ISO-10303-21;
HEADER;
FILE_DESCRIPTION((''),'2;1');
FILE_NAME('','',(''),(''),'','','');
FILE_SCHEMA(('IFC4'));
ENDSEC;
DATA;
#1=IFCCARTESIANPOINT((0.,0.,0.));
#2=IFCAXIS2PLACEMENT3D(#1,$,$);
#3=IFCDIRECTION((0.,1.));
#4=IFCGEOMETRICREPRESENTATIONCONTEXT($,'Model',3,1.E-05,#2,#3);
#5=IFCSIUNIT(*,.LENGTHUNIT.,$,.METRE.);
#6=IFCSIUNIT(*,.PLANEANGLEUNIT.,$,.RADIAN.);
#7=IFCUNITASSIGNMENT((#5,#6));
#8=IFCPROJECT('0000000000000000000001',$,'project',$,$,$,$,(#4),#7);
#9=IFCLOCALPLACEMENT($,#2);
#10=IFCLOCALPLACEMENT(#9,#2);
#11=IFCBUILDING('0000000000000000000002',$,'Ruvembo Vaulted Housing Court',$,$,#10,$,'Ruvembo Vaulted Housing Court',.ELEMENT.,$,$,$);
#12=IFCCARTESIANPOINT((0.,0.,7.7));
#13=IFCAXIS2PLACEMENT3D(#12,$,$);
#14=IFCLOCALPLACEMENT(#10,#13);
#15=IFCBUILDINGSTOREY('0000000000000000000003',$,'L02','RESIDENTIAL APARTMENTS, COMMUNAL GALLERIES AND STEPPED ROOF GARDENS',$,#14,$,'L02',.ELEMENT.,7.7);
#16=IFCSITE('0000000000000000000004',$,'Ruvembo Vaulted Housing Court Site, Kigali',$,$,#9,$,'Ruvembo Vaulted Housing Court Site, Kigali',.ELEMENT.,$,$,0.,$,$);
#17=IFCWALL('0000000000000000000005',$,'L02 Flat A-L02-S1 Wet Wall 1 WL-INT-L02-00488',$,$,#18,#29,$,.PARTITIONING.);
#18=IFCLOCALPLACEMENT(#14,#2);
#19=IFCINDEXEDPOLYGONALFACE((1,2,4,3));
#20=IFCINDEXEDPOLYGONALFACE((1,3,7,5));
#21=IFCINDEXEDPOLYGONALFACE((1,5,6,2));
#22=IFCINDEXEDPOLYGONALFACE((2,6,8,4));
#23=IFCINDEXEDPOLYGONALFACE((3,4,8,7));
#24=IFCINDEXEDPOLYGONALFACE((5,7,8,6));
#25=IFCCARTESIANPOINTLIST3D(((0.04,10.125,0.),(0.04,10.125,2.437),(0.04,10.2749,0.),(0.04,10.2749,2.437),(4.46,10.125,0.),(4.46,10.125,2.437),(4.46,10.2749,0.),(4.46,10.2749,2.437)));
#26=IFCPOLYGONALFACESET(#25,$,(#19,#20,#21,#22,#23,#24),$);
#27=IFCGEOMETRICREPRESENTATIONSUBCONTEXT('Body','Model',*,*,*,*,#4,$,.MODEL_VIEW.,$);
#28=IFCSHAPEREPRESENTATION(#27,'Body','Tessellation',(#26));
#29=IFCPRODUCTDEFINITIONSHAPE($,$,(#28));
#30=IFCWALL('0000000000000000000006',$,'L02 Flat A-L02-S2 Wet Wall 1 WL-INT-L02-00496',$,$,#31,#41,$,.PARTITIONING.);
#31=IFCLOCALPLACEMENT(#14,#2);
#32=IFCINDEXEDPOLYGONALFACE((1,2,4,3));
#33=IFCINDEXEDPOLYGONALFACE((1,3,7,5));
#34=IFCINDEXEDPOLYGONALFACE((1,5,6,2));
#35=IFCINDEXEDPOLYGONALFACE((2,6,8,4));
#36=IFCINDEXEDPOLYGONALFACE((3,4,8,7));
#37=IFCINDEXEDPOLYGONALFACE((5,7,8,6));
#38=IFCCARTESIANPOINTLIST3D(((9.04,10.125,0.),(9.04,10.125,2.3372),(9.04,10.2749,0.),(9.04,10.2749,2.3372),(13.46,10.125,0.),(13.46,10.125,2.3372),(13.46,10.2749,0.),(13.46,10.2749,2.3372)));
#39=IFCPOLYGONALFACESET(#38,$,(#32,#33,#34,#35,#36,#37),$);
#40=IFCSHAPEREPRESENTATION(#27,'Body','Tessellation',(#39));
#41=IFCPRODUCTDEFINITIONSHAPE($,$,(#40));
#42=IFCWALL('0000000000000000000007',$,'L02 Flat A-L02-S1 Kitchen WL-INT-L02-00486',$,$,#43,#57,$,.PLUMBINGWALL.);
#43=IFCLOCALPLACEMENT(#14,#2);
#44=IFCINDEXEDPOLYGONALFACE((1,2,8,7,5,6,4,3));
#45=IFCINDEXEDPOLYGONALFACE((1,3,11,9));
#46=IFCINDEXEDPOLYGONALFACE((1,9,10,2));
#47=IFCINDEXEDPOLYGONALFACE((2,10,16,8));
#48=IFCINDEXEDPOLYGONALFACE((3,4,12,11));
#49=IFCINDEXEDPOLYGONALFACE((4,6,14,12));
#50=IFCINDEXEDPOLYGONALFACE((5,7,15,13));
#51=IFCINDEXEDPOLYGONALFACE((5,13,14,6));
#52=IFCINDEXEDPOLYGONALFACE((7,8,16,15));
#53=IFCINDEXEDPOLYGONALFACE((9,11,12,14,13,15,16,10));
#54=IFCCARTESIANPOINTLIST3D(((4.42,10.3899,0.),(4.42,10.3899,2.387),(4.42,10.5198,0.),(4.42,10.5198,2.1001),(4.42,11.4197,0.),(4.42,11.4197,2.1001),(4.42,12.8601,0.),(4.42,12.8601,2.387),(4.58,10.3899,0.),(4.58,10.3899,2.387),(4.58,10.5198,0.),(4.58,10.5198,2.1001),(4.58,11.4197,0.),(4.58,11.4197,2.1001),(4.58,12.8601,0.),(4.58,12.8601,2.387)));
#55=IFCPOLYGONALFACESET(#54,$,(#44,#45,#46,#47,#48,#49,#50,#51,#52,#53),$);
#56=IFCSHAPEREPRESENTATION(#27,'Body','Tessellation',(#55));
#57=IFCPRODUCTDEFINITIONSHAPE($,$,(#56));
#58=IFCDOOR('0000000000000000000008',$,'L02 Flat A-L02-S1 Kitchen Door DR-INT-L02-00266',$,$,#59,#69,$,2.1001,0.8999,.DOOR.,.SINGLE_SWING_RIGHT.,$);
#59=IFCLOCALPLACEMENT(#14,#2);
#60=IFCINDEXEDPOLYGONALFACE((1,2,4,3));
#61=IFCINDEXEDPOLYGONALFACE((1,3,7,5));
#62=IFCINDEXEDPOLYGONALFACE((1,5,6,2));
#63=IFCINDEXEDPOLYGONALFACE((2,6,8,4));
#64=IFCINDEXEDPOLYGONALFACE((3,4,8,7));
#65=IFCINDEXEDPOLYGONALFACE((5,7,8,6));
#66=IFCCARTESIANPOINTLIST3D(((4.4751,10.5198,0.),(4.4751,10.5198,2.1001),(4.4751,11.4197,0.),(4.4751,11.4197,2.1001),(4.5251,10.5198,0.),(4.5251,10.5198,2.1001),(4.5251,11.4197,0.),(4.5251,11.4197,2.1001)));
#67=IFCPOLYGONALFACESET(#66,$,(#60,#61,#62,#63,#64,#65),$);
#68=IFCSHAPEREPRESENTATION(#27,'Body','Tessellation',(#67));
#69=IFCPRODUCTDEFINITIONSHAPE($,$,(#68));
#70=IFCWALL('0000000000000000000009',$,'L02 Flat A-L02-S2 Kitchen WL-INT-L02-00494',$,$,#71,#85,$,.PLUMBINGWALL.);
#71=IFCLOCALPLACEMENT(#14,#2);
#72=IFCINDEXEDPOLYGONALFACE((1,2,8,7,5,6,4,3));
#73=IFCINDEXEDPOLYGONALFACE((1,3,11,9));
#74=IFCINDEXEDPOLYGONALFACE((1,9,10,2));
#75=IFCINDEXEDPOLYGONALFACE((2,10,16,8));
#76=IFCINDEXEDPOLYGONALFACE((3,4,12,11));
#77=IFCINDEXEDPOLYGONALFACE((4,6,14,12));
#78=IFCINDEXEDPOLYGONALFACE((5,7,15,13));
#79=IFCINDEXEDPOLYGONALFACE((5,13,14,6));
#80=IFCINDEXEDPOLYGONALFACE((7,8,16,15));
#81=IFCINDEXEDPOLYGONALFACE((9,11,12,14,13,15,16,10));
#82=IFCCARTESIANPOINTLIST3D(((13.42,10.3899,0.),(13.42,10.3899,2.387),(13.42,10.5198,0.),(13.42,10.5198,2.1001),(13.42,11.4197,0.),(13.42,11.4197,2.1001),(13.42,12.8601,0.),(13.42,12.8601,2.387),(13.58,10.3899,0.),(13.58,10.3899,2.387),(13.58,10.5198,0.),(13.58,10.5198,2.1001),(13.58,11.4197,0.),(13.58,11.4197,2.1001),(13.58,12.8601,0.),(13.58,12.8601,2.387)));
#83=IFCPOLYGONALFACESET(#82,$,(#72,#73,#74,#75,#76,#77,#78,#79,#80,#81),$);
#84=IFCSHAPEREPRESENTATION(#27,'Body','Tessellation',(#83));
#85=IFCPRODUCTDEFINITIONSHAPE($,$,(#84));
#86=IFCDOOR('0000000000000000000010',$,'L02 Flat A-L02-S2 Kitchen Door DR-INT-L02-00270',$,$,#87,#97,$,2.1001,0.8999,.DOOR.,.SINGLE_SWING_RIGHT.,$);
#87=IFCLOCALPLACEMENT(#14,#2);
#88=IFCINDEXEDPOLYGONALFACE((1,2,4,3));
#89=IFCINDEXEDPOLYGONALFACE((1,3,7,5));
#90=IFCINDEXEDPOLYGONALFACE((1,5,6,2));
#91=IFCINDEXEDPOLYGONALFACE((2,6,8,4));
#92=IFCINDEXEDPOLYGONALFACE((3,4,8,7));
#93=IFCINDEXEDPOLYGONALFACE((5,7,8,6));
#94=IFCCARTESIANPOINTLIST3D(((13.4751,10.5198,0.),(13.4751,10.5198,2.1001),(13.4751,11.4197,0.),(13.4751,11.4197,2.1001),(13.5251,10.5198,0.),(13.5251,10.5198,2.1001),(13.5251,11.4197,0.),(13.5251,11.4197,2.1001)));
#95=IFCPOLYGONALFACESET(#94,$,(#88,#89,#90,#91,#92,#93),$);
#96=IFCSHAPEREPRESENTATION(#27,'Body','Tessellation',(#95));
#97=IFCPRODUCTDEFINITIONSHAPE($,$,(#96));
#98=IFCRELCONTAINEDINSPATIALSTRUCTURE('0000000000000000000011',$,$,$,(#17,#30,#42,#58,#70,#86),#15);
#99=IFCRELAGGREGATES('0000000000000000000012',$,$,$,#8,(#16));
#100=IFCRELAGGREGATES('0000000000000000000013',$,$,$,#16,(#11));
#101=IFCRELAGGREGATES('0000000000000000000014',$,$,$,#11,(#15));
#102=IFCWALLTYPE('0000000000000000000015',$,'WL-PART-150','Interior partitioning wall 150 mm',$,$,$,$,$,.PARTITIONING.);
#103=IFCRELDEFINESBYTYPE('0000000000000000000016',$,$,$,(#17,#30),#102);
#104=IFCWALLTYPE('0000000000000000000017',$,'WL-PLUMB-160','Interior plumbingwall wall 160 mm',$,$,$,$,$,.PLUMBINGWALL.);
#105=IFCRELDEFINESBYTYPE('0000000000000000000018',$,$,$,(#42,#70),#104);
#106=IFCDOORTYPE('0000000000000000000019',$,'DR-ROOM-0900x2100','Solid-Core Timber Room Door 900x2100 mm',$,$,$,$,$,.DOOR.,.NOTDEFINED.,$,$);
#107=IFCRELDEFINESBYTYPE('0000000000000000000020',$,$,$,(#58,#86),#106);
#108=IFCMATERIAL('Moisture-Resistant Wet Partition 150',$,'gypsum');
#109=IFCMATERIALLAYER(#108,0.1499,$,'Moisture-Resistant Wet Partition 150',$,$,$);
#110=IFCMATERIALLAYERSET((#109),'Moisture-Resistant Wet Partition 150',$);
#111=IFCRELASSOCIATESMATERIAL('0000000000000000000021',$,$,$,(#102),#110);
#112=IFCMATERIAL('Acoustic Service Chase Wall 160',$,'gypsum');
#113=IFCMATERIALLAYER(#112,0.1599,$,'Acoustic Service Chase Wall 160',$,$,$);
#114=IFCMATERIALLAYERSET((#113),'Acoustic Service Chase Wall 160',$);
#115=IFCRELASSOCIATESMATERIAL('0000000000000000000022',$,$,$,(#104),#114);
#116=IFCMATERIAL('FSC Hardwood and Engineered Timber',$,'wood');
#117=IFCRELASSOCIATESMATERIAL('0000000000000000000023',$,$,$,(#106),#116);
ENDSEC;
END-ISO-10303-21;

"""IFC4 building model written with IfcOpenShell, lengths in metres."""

from ifc_helpers import new_model, si_unit, direction, frame, frame_2d, origin, place, context, subcontext, project, spatial, rectangle, extrude, material, layer, layer_set, type_object, element, fill, save


model = new_model("IFC4")

# Units and contexts
model_context = context("Model", 3, precision=1e-05, world=origin(), true_north=direction((0.0, 1.0)))
body_context = subcontext(model_context, "Body", "Model", "MODEL_VIEW")
ifc_project = project(units=[si_unit("LENGTHUNIT", "METRE"), si_unit("PLANEANGLEUNIT", "RADIAN")], contexts=[model_context])

# Site, building, storey
site_placement = place(None, origin())
site = spatial("IfcSite", under=ifc_project, at=site_placement, Name="Ruvembo Vaulted Housing Court Site, Kigali", LongName="Ruvembo Vaulted Housing Court Site, Kigali", CompositionType="ELEMENT", RefElevation=0.0)
building_placement = place(site_placement, origin())
building = spatial("IfcBuilding", under=site, at=building_placement, Name="Ruvembo Vaulted Housing Court", LongName="Ruvembo Vaulted Housing Court", CompositionType="ELEMENT")
storey_placement = place(building_placement, frame((0.0, 0.0, 7.7)))
storey = spatial("IfcBuildingStorey", under=building, at=storey_placement, Name="L02", Description="RESIDENTIAL APARTMENTS, COMMUNAL GALLERIES AND STEPPED ROOF GARDENS", LongName="L02", CompositionType="ELEMENT", Elevation=7.7)

# Shared definitions
ifc_material_1 = material(Name="FSC Hardwood and Engineered Timber", Category="wood")

# Walls
ifc_material_2 = material(Name="Moisture-Resistant Wet Partition 150", Category="gypsum")
ifc_layer_1 = layer(ifc_material_2, 0.1499, Name="Moisture-Resistant Wet Partition 150")
ifc_layer_set_1 = layer_set([ifc_layer_1], Name="Moisture-Resistant Wet Partition 150")
wall_type_1 = type_object("IfcWallType", Name="WL-PART-150", Description="Interior partitioning wall 150 mm", PredefinedType="PARTITIONING", material=ifc_layer_set_1)
wall_1_placement = place(storey_placement, frame((0.04, 10.2, 0.0), z_axis=(0.0, 0.0, 1.0), x_axis=(1.0, 0.0, 0.0)))
element("IfcWall", 1, at=wall_1_placement, inside=storey, type_object=wall_type_1, Name="L02 Flat A-L02-S1 Wet Wall 1 WL-INT-L02-00488", PredefinedType="PARTITIONING", context=body_context, shape_type="SweptSolid", body=[
    extrude(rectangle(XDim=4.4199, YDim=0.1499, at=frame_2d((2.21, 0.0))), origin(), (0.0, 0.0, 1.0), 2.437),
])
wall_2_placement = place(storey_placement, frame((9.04, 10.2, 0.0), z_axis=(0.0, 0.0, 1.0), x_axis=(1.0, 0.0, 0.0)))
element("IfcWall", 2, at=wall_2_placement, inside=storey, type_object=wall_type_1, Name="L02 Flat A-L02-S2 Wet Wall 1 WL-INT-L02-00496", PredefinedType="PARTITIONING", context=body_context, shape_type="SweptSolid", body=[
    extrude(rectangle(XDim=4.4199, YDim=0.1499, at=frame_2d((2.21, 0.0))), origin(), (0.0, 0.0, 1.0), 2.3372),
])

# Walls, openings, doors
ifc_material_3 = material(Name="Acoustic Service Chase Wall 160", Category="gypsum")
ifc_layer_2 = layer(ifc_material_3, 0.1599, Name="Acoustic Service Chase Wall 160")
ifc_layer_set_2 = layer_set([ifc_layer_2], Name="Acoustic Service Chase Wall 160")
wall_type_2 = type_object("IfcWallType", Name="WL-PLUMB-160", Description="Interior plumbingwall wall 160 mm", PredefinedType="PLUMBINGWALL", material=ifc_layer_set_2)
wall_3_placement = place(storey_placement, frame((4.5, 10.3899, 0.0), z_axis=(0.0, 0.0, 1.0), x_axis=(0.0, 1.0, 0.0)))
wall_3 = element("IfcWall", 3, at=wall_3_placement, inside=storey, type_object=wall_type_2, Name="L02 Flat A-L02-S1 Kitchen WL-INT-L02-00486", PredefinedType="PLUMBINGWALL", context=body_context, shape_type="SweptSolid", body=[
    extrude(rectangle(XDim=2.4702, YDim=0.1599, at=frame_2d((1.2351, 0.0))), origin(), (0.0, 0.0, 1.0), 2.387),
])
opening_1_placement = place(wall_3_placement, frame((0.1299, 0.0, 0.0)))
opening_1 = element("IfcOpeningElement", 4, at=opening_1_placement, cuts=wall_3, PredefinedType="OPENING", context=body_context, shape_type="SweptSolid", body=[
    extrude(rectangle(XDim=0.8999, YDim=2.1001, at=frame_2d((0.45, 1.05))), frame((0.0, 0.0898, 0.0), z_axis=(0.0, -1.0, 0.0), x_axis=(1.0, 0.0, 0.0)), (0.0, 0.0, 1.0), 0.1799),
])
door_type_1 = type_object("IfcDoorType", Name="DR-ROOM-0900x2100", Description="Solid-Core Timber Room Door 900x2100 mm", OperationType="NOTDEFINED", PredefinedType="DOOR", material=ifc_material_1)
door_1_placement = place(opening_1_placement, origin())
door_1 = element("IfcDoor", 5, at=door_1_placement, inside=storey, type_object=door_type_1, Name="L02 Flat A-L02-S1 Kitchen Door DR-INT-L02-00266", OperationType="SINGLE_SWING_RIGHT", OverallHeight=2.1001, OverallWidth=0.8999, PredefinedType="DOOR", context=body_context, shape_type="SweptSolid", body=[
    extrude(rectangle(XDim=0.8999, YDim=2.1001, at=frame_2d((0.45, 1.05))), frame((0.0, 0.0249, 0.0), z_axis=(0.0, -1.0, 0.0), x_axis=(1.0, 0.0, 0.0)), (0.0, 0.0, 1.0), 0.05),
])
fill(opening_1, door_1)
wall_4_placement = place(storey_placement, frame((13.5, 10.3899, 0.0), z_axis=(0.0, 0.0, 1.0), x_axis=(0.0, 1.0, 0.0)))
wall_4 = element("IfcWall", 6, at=wall_4_placement, inside=storey, type_object=wall_type_2, Name="L02 Flat A-L02-S2 Kitchen WL-INT-L02-00494", PredefinedType="PLUMBINGWALL", context=body_context, shape_type="SweptSolid", body=[
    extrude(rectangle(XDim=2.4702, YDim=0.1599, at=frame_2d((1.2351, 0.0))), origin(), (0.0, 0.0, 1.0), 2.387),
])
opening_2_placement = place(wall_4_placement, frame((0.1299, 0.0, 0.0)))
opening_2 = element("IfcOpeningElement", 7, at=opening_2_placement, cuts=wall_4, PredefinedType="OPENING", context=body_context, shape_type="SweptSolid", body=[
    extrude(rectangle(XDim=0.8999, YDim=2.1001, at=frame_2d((0.45, 1.05))), frame((0.0, 0.0898, 0.0), z_axis=(0.0, -1.0, 0.0), x_axis=(1.0, 0.0, 0.0)), (0.0, 0.0, 1.0), 0.1799),
])
door_2_placement = place(opening_2_placement, origin())
door_2 = element("IfcDoor", 8, at=door_2_placement, inside=storey, type_object=door_type_1, Name="L02 Flat A-L02-S2 Kitchen Door DR-INT-L02-00270", OperationType="SINGLE_SWING_RIGHT", OverallHeight=2.1001, OverallWidth=0.8999, PredefinedType="DOOR", context=body_context, shape_type="SweptSolid", body=[
    extrude(rectangle(XDim=0.8999, YDim=2.1001, at=frame_2d((0.45, 1.05))), frame((0.0, 0.0249, 0.0), z_axis=(0.0, -1.0, 0.0), x_axis=(1.0, 0.0, 0.0)), (0.0, 0.0, 1.0), 0.05),
])
fill(opening_2, door_2)

save(model, "model.ifc")
